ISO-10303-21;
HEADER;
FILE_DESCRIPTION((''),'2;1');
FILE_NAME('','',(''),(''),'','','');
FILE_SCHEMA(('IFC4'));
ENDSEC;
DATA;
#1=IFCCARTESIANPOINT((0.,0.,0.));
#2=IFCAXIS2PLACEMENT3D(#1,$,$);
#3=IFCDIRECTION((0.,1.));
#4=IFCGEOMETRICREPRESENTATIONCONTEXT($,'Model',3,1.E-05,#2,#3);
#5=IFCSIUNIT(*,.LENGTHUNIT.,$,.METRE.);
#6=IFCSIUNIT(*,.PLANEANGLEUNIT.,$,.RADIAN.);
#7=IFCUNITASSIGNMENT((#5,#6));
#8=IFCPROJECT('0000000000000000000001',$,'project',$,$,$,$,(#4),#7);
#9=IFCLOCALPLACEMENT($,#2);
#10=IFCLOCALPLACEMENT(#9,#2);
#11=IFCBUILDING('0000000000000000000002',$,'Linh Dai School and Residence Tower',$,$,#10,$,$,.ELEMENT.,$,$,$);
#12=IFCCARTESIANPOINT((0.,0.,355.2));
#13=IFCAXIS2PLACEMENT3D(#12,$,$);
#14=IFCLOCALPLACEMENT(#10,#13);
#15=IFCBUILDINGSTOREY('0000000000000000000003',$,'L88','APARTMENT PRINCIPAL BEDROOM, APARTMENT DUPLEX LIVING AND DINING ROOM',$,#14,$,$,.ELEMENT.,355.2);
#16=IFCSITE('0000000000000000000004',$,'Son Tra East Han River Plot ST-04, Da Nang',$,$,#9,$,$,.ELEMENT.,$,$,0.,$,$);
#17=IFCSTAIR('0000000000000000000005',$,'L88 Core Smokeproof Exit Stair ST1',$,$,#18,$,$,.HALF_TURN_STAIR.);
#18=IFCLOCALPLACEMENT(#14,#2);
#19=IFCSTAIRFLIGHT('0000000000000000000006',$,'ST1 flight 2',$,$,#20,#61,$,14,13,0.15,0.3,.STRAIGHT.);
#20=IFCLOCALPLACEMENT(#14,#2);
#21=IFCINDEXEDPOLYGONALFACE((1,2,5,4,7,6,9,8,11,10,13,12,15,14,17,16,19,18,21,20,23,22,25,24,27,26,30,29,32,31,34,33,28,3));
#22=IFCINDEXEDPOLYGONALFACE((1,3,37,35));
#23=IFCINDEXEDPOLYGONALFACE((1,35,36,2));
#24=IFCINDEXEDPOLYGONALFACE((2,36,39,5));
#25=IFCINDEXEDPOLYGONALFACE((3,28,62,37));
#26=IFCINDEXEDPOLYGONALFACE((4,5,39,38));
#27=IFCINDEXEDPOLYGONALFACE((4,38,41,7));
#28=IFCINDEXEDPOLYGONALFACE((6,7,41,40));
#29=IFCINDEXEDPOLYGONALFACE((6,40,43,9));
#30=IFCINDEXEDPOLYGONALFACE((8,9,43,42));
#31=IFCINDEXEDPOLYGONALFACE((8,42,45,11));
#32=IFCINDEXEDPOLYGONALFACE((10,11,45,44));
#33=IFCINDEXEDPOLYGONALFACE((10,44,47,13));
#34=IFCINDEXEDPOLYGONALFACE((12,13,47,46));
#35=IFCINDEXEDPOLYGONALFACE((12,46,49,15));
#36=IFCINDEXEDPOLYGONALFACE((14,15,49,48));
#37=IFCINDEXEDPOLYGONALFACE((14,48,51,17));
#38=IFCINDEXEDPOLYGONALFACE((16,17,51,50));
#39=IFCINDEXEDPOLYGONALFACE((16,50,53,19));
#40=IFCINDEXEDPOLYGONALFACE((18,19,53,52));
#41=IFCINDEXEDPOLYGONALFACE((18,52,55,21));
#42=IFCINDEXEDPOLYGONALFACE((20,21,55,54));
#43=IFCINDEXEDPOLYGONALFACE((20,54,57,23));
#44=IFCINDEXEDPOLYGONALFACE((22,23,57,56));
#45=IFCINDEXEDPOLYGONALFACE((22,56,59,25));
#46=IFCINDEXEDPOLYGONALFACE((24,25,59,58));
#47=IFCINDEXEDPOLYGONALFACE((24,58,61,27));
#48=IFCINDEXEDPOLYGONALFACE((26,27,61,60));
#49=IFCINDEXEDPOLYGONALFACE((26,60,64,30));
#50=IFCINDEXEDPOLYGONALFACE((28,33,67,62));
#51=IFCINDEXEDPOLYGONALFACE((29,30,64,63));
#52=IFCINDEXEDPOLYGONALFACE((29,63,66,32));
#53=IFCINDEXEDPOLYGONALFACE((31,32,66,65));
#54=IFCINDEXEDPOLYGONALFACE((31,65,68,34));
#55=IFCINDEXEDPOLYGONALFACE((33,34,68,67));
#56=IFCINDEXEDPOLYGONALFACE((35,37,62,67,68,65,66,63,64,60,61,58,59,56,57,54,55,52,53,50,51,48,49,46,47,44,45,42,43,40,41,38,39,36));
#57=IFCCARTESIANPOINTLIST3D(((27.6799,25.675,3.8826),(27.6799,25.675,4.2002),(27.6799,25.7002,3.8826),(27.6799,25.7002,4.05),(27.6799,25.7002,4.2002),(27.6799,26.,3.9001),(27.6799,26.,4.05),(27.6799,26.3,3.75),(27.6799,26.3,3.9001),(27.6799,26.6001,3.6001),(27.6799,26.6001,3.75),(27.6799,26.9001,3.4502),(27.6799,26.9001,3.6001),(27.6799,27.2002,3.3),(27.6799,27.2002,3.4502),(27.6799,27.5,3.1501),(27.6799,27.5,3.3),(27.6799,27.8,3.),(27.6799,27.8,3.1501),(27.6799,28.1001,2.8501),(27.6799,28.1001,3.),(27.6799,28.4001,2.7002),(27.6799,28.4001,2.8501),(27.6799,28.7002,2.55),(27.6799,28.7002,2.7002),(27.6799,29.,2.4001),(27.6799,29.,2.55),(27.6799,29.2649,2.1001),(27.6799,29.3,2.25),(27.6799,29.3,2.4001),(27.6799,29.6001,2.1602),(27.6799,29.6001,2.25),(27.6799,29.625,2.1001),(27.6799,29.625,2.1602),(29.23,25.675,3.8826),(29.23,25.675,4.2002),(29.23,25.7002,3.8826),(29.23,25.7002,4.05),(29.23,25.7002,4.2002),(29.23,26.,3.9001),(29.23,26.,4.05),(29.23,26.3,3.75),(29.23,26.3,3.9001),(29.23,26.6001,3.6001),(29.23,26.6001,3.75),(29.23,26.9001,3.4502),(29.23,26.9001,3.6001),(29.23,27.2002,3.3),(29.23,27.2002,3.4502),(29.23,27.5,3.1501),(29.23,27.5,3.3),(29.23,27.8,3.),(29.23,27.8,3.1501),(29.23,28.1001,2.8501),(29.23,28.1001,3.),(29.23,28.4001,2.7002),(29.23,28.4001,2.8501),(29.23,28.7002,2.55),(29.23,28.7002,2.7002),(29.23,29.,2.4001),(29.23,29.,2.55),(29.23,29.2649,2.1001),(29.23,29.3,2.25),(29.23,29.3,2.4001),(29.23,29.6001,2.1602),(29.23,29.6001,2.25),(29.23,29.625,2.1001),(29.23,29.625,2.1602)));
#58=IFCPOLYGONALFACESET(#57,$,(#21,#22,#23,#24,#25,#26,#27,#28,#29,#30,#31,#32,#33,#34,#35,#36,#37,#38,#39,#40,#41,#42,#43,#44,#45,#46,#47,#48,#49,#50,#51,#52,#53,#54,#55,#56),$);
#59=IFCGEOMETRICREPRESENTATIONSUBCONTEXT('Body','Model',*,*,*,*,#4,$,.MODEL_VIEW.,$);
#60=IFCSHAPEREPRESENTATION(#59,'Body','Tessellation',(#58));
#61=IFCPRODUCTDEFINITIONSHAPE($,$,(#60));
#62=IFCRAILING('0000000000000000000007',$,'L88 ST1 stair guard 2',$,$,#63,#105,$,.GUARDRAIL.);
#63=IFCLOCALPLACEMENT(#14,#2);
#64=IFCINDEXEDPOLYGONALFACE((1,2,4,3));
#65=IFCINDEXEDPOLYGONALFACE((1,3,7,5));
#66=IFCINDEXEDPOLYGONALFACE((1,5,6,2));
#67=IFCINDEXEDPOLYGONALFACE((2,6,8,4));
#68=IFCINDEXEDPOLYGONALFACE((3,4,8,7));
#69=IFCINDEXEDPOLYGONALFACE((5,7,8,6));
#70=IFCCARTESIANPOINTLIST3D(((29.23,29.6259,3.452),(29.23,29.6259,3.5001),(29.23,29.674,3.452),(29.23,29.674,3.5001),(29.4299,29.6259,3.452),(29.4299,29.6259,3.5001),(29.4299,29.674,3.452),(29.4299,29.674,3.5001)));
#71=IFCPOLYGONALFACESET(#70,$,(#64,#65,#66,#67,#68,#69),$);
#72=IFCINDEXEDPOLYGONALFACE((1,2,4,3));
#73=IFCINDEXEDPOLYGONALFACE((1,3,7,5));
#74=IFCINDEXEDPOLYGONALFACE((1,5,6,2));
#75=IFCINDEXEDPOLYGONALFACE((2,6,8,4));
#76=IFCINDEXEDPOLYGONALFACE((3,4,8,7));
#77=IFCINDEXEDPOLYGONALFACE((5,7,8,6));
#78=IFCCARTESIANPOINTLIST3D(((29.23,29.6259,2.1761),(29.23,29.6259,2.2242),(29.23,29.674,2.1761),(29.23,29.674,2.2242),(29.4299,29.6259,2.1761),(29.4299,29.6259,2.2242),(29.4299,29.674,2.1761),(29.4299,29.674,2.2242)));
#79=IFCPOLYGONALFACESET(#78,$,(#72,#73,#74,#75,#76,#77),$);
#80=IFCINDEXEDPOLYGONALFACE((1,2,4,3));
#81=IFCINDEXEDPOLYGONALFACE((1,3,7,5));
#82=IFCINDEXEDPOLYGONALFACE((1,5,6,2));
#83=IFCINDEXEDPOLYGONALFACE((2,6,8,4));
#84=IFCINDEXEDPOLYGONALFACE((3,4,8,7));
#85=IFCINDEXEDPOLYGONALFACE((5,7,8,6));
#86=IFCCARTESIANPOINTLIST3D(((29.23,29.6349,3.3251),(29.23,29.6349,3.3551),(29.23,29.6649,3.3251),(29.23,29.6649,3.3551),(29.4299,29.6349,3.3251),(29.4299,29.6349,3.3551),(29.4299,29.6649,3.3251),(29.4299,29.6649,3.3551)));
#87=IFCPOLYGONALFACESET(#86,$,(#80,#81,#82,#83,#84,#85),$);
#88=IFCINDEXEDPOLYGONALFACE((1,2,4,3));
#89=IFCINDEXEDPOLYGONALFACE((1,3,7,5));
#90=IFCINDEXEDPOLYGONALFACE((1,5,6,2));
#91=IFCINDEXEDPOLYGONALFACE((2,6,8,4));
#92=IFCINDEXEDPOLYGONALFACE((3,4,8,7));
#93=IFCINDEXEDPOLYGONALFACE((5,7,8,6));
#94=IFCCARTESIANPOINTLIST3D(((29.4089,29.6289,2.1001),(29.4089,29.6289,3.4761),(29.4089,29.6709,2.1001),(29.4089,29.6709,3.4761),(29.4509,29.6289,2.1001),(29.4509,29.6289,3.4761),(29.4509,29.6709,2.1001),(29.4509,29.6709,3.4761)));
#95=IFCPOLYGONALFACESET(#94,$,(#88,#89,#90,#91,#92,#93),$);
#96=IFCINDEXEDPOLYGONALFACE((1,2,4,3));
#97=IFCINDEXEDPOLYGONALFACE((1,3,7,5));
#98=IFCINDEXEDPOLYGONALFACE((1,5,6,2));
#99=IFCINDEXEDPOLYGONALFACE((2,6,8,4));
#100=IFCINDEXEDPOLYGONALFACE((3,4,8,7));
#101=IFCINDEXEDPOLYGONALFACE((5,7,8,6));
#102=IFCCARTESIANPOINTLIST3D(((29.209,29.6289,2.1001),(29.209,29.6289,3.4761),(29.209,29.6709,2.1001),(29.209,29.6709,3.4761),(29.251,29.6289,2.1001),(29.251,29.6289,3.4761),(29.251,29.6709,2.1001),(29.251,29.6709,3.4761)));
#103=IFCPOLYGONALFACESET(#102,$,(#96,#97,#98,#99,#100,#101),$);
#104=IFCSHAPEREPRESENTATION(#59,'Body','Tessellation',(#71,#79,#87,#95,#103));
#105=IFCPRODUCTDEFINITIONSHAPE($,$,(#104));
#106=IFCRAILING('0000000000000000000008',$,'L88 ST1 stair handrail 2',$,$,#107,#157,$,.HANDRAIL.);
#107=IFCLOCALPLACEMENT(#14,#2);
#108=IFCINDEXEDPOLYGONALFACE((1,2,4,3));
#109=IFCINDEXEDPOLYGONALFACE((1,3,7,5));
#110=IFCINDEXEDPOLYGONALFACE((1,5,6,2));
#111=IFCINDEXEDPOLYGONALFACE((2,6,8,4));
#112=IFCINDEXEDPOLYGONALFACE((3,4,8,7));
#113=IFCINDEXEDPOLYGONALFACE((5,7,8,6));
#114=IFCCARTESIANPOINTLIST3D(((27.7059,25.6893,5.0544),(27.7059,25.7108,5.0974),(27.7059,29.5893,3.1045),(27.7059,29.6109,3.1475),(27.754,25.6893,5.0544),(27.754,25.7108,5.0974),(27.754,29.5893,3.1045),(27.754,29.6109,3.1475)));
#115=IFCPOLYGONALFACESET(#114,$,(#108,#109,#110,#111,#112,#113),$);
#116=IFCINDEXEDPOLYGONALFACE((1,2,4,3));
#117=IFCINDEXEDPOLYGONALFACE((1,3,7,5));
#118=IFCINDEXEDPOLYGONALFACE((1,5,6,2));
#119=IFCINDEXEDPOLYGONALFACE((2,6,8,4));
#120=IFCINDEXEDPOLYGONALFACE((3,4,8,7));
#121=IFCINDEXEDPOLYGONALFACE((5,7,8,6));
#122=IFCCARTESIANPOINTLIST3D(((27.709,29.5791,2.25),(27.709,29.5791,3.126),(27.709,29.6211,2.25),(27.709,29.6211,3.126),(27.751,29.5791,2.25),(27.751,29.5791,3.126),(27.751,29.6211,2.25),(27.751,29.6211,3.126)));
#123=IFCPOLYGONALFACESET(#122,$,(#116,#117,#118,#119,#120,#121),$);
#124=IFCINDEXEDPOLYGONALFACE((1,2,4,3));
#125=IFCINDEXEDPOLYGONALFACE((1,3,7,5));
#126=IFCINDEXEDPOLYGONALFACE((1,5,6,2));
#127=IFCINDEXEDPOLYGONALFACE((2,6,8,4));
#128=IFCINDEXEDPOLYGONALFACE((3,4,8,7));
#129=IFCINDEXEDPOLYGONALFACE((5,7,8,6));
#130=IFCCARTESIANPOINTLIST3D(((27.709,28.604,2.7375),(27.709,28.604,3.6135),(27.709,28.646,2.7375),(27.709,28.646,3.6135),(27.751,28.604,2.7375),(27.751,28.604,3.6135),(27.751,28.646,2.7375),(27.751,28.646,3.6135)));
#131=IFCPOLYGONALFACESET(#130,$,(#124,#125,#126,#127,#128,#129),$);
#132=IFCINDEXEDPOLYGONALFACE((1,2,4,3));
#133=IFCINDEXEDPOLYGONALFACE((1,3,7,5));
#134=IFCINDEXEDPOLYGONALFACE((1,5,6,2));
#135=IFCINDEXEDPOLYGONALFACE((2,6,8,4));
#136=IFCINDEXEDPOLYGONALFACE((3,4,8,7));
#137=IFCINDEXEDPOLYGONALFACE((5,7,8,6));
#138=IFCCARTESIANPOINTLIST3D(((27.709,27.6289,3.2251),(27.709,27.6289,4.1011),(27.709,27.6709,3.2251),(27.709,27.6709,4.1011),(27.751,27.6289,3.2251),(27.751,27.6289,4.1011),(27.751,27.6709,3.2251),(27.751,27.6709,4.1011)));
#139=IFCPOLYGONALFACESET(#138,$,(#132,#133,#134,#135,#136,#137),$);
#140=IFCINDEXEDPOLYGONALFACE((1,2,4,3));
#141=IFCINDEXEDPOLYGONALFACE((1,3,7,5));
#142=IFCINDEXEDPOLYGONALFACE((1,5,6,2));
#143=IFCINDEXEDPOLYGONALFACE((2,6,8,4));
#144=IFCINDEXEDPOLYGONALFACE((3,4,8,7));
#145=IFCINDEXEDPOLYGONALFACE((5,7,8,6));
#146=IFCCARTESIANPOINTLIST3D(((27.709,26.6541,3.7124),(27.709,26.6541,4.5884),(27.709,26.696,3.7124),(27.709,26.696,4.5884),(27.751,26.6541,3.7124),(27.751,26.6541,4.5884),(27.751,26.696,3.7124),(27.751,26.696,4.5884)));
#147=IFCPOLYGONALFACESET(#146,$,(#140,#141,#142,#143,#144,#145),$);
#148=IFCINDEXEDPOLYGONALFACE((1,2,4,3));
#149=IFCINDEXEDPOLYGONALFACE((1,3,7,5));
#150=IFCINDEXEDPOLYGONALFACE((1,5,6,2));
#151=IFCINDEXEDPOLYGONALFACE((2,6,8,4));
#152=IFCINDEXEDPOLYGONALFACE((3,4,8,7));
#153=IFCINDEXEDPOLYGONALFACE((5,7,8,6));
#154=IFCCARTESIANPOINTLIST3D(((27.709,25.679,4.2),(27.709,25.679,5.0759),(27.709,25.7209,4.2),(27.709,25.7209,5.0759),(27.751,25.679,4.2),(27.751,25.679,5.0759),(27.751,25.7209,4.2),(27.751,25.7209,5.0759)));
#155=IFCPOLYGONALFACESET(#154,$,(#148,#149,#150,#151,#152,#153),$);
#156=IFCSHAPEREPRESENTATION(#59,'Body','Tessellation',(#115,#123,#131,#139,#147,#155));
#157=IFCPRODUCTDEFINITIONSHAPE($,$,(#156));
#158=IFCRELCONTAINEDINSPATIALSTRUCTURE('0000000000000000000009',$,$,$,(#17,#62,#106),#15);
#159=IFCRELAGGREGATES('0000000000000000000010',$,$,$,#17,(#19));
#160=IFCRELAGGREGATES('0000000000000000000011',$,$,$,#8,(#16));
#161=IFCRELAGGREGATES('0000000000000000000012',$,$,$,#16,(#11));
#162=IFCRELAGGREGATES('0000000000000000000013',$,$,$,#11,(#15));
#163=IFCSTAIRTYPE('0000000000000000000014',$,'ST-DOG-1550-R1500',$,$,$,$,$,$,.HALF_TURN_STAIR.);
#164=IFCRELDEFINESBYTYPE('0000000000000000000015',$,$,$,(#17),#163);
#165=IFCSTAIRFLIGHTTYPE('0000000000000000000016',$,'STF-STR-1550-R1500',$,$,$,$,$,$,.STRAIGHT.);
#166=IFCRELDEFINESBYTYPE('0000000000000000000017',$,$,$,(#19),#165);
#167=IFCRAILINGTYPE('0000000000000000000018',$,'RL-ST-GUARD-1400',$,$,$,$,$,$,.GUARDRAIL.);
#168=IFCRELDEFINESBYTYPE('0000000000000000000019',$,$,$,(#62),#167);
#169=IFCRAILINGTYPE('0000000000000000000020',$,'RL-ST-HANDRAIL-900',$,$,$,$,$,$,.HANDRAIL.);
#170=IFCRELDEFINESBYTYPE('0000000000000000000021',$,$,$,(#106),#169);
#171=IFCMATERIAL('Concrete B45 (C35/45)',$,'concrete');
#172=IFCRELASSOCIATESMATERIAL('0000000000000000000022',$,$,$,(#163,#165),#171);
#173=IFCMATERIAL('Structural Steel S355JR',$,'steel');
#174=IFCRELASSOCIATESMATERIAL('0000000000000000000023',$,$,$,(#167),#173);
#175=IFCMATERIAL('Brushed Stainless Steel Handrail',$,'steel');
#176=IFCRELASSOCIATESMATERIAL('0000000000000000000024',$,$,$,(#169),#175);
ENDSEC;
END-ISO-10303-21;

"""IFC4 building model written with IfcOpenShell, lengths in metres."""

from ifc_helpers import new_model, si_unit, direction, frame, origin, origin_2d, place, context, subcontext, project, spatial, polyline, rectangle, outline, extrude, source, transform, mapped, material, type_object, element, aggregate, save


model = new_model("IFC4")

# Units and contexts
model_context = context("Model", 3, precision=1e-05, world=origin(), true_north=direction((0.0, 1.0)))
body_context = subcontext(model_context, "Body", "Model", "MODEL_VIEW")
ifc_project = project(units=[si_unit("LENGTHUNIT", "METRE"), si_unit("PLANEANGLEUNIT", "RADIAN")], contexts=[model_context])

# Site, building, storey
site_placement = place(None, origin())
site = spatial("IfcSite", under=ifc_project, at=site_placement, Name="Son Tra East Han River Plot ST-04, Da Nang", CompositionType="ELEMENT", RefElevation=0.0)
building_placement = place(site_placement, origin())
building = spatial("IfcBuilding", under=site, at=building_placement, Name="Linh Dai School and Residence Tower", CompositionType="ELEMENT")
storey_placement = place(building_placement, frame((0.0, 0.0, 355.2)))
storey = spatial("IfcBuildingStorey", under=building, at=storey_placement, Name="L88", Description="APARTMENT PRINCIPAL BEDROOM, APARTMENT DUPLEX LIVING AND DINING ROOM", CompositionType="ELEMENT", Elevation=355.2)

# Shared definitions
ifc_material_1 = material(Name="Structural Steel S355JR", Category="steel")

# Shared definitions
ifc_material_2 = material(Name="Concrete B45 (C35/45)", Category="concrete")

# Stair, stair flight
stair_type = type_object("IfcStairType", Name="ST-DOG-1550-R1500", PredefinedType="HALF_TURN_STAIR", material=ifc_material_2)
stair_placement = place(storey_placement, origin())
stair = element("IfcStair", 1, at=stair_placement, inside=storey, type_object=stair_type, Name="L88 Core Smokeproof Exit Stair ST1", PredefinedType="HALF_TURN_STAIR")
stair_flight_type = type_object("IfcStairFlightType", Name="STF-STR-1550-R1500", PredefinedType="STRAIGHT", material=ifc_material_2)
shared_shape_1 = source(origin(), body_context, "Body", "SweptSolid", [
    extrude(outline(polyline([(-0.0249, 0.0), (-0.0249, 0.0601), (0.0, 0.0601), (0.0, 0.1499), (0.3, 0.1499), (0.3, 0.3), (0.6001, 0.3), (0.6001, 0.45), (0.8999, 0.45), (0.8999, 0.6001), (1.2, 0.6001), (1.2, 0.75), (1.5, 0.75), (1.5, 0.8999), (1.8, 0.8999), (1.8, 1.05), (2.1001, 1.05), (2.1001, 1.2), (2.3999, 1.2), (2.3999, 1.3501), (2.7, 1.3501), (2.7, 1.5), (3.0, 1.5), (3.0, 1.6499), (3.3, 1.6499), (3.3, 1.8), (3.6001, 1.8), (3.6001, 1.95), (3.8999, 1.95), (3.8999, 2.1001), (3.925, 2.1001), (3.925, 1.7825), (3.8999, 1.7825), (0.3352, 0.0), (-0.0249, 0.0)])), frame((0.0, 0.7749, 0.0), z_axis=(0.0, -1.0, 0.0), x_axis=(1.0, 0.0, 0.0)), (0.0, 0.0, 1.0), 1.55),
])
stair_flight_placement = place(storey_placement, frame((28.4551, 29.6001, 2.1001), z_axis=(0.0, 0.0, 1.0), x_axis=(0.0, -1.0, 0.0)))
stair_flight = element("IfcStairFlight", 2, at=stair_flight_placement, type_object=stair_flight_type, Name="ST1 flight 2", NumberOfRisers=14, NumberOfTreads=13, PredefinedType="STRAIGHT", RiserHeight=0.15, TreadLength=0.3, context=body_context, shape_type="MappedRepresentation", body=[
    mapped(shared_shape_1, transform((0.0, 0.0, 0.0), x_axis=(1.0, 0.0, 0.0), y_axis=(0.0, 1.0, 0.0), z_axis=(0.0, 0.0, 1.0), scale=1.0)),
])
aggregate(stair, [stair_flight])

# Railings
railing_type_1 = type_object("IfcRailingType", Name="RL-ST-GUARD-1400", PredefinedType="GUARDRAIL", material=ifc_material_1)
shared_shape_2 = source(origin(), body_context, "Body", "SweptSolid", [
    extrude(rectangle(XDim=0.0481, YDim=0.0481, at=origin_2d()), frame((0.0, 0.0, 1.376), z_axis=(-1.0, 0.0, 0.0), x_axis=(0.0, -1.0, 0.0)), (0.0, 0.0, 1.0), 0.2),
    extrude(rectangle(XDim=0.0481, YDim=0.0481, at=origin_2d()), frame((0.0, 0.0, 0.1001), z_axis=(-1.0, 0.0, 0.0), x_axis=(0.0, -1.0, 0.0)), (0.0, 0.0, 1.0), 0.2),
    extrude(rectangle(XDim=0.03, YDim=0.03, at=origin_2d()), frame((0.0, 0.0, 1.24), z_axis=(-1.0, 0.0, 0.0), x_axis=(0.0, -1.0, 0.0)), (0.0, 0.0, 1.0), 0.2),
    extrude(rectangle(XDim=0.042, YDim=0.042, at=origin_2d()), origin(), (0.0, 0.0, 1.0), 1.376),
    extrude(rectangle(XDim=0.042, YDim=0.042, at=origin_2d()), frame((-0.2, 0.0, 0.0)), (0.0, 0.0, 1.0), 1.376),
])
railing_1_placement = place(storey_placement, frame((29.4299, 29.6499, 2.1001)))
element("IfcRailing", 3, at=railing_1_placement, inside=storey, type_object=railing_type_1, Name="L88 ST1 stair guard 2", PredefinedType="GUARDRAIL", context=body_context, shape_type="MappedRepresentation", body=[
    mapped(shared_shape_2, transform((0.0, 0.0, 0.0), x_axis=(1.0, 0.0, 0.0), y_axis=(0.0, 1.0, 0.0), z_axis=(0.0, 0.0, 1.0), scale=1.0)),
])
ifc_material_3 = material(Name="Brushed Stainless Steel Handrail", Category="steel")
railing_type_2 = type_object("IfcRailingType", Name="RL-ST-HANDRAIL-900", PredefinedType="HANDRAIL", material=ifc_material_3)
shared_shape_3 = source(origin(), body_context, "Body", "SweptSolid", [
    extrude(rectangle(XDim=0.0481, YDim=0.0481, at=origin_2d()), frame((0.0, 0.0, 0.876), z_axis=(0.0, -0.894438, 0.447191), x_axis=(1.0, 0.0, 0.0)), (0.0, 0.0, 1.0), 4.3604),
    extrude(rectangle(XDim=0.042, YDim=0.042, at=origin_2d()), origin(), (0.0, 0.0, 1.0), 0.876),
    extrude(rectangle(XDim=0.042, YDim=0.042, at=origin_2d()), frame((0.0, -0.9751, 0.4875)), (0.0, 0.0, 1.0), 0.876),
    extrude(rectangle(XDim=0.042, YDim=0.042, at=origin_2d()), frame((0.0, -1.9502, 0.9751)), (0.0, 0.0, 1.0), 0.876),
    extrude(rectangle(XDim=0.042, YDim=0.042, at=origin_2d()), frame((0.0, -2.925, 1.4624)), (0.0, 0.0, 1.0), 0.876),
    extrude(rectangle(XDim=0.042, YDim=0.042, at=origin_2d()), frame((0.0, -3.9001, 1.95)), (0.0, 0.0, 1.0), 0.876),
])
railing_2_placement = place(storey_placement, frame((27.73, 29.6001, 2.25)))
element("IfcRailing", 4, at=railing_2_placement, inside=storey, type_object=railing_type_2, Name="L88 ST1 stair handrail 2", PredefinedType="HANDRAIL", context=body_context, shape_type="MappedRepresentation", body=[
    mapped(shared_shape_3, transform((0.0, 0.0, 0.0), x_axis=(1.0, 0.0, 0.0), y_axis=(0.0, 1.0, 0.0), z_axis=(0.0, 0.0, 1.0), scale=1.0)),
])

save(model, "model.ifc")
